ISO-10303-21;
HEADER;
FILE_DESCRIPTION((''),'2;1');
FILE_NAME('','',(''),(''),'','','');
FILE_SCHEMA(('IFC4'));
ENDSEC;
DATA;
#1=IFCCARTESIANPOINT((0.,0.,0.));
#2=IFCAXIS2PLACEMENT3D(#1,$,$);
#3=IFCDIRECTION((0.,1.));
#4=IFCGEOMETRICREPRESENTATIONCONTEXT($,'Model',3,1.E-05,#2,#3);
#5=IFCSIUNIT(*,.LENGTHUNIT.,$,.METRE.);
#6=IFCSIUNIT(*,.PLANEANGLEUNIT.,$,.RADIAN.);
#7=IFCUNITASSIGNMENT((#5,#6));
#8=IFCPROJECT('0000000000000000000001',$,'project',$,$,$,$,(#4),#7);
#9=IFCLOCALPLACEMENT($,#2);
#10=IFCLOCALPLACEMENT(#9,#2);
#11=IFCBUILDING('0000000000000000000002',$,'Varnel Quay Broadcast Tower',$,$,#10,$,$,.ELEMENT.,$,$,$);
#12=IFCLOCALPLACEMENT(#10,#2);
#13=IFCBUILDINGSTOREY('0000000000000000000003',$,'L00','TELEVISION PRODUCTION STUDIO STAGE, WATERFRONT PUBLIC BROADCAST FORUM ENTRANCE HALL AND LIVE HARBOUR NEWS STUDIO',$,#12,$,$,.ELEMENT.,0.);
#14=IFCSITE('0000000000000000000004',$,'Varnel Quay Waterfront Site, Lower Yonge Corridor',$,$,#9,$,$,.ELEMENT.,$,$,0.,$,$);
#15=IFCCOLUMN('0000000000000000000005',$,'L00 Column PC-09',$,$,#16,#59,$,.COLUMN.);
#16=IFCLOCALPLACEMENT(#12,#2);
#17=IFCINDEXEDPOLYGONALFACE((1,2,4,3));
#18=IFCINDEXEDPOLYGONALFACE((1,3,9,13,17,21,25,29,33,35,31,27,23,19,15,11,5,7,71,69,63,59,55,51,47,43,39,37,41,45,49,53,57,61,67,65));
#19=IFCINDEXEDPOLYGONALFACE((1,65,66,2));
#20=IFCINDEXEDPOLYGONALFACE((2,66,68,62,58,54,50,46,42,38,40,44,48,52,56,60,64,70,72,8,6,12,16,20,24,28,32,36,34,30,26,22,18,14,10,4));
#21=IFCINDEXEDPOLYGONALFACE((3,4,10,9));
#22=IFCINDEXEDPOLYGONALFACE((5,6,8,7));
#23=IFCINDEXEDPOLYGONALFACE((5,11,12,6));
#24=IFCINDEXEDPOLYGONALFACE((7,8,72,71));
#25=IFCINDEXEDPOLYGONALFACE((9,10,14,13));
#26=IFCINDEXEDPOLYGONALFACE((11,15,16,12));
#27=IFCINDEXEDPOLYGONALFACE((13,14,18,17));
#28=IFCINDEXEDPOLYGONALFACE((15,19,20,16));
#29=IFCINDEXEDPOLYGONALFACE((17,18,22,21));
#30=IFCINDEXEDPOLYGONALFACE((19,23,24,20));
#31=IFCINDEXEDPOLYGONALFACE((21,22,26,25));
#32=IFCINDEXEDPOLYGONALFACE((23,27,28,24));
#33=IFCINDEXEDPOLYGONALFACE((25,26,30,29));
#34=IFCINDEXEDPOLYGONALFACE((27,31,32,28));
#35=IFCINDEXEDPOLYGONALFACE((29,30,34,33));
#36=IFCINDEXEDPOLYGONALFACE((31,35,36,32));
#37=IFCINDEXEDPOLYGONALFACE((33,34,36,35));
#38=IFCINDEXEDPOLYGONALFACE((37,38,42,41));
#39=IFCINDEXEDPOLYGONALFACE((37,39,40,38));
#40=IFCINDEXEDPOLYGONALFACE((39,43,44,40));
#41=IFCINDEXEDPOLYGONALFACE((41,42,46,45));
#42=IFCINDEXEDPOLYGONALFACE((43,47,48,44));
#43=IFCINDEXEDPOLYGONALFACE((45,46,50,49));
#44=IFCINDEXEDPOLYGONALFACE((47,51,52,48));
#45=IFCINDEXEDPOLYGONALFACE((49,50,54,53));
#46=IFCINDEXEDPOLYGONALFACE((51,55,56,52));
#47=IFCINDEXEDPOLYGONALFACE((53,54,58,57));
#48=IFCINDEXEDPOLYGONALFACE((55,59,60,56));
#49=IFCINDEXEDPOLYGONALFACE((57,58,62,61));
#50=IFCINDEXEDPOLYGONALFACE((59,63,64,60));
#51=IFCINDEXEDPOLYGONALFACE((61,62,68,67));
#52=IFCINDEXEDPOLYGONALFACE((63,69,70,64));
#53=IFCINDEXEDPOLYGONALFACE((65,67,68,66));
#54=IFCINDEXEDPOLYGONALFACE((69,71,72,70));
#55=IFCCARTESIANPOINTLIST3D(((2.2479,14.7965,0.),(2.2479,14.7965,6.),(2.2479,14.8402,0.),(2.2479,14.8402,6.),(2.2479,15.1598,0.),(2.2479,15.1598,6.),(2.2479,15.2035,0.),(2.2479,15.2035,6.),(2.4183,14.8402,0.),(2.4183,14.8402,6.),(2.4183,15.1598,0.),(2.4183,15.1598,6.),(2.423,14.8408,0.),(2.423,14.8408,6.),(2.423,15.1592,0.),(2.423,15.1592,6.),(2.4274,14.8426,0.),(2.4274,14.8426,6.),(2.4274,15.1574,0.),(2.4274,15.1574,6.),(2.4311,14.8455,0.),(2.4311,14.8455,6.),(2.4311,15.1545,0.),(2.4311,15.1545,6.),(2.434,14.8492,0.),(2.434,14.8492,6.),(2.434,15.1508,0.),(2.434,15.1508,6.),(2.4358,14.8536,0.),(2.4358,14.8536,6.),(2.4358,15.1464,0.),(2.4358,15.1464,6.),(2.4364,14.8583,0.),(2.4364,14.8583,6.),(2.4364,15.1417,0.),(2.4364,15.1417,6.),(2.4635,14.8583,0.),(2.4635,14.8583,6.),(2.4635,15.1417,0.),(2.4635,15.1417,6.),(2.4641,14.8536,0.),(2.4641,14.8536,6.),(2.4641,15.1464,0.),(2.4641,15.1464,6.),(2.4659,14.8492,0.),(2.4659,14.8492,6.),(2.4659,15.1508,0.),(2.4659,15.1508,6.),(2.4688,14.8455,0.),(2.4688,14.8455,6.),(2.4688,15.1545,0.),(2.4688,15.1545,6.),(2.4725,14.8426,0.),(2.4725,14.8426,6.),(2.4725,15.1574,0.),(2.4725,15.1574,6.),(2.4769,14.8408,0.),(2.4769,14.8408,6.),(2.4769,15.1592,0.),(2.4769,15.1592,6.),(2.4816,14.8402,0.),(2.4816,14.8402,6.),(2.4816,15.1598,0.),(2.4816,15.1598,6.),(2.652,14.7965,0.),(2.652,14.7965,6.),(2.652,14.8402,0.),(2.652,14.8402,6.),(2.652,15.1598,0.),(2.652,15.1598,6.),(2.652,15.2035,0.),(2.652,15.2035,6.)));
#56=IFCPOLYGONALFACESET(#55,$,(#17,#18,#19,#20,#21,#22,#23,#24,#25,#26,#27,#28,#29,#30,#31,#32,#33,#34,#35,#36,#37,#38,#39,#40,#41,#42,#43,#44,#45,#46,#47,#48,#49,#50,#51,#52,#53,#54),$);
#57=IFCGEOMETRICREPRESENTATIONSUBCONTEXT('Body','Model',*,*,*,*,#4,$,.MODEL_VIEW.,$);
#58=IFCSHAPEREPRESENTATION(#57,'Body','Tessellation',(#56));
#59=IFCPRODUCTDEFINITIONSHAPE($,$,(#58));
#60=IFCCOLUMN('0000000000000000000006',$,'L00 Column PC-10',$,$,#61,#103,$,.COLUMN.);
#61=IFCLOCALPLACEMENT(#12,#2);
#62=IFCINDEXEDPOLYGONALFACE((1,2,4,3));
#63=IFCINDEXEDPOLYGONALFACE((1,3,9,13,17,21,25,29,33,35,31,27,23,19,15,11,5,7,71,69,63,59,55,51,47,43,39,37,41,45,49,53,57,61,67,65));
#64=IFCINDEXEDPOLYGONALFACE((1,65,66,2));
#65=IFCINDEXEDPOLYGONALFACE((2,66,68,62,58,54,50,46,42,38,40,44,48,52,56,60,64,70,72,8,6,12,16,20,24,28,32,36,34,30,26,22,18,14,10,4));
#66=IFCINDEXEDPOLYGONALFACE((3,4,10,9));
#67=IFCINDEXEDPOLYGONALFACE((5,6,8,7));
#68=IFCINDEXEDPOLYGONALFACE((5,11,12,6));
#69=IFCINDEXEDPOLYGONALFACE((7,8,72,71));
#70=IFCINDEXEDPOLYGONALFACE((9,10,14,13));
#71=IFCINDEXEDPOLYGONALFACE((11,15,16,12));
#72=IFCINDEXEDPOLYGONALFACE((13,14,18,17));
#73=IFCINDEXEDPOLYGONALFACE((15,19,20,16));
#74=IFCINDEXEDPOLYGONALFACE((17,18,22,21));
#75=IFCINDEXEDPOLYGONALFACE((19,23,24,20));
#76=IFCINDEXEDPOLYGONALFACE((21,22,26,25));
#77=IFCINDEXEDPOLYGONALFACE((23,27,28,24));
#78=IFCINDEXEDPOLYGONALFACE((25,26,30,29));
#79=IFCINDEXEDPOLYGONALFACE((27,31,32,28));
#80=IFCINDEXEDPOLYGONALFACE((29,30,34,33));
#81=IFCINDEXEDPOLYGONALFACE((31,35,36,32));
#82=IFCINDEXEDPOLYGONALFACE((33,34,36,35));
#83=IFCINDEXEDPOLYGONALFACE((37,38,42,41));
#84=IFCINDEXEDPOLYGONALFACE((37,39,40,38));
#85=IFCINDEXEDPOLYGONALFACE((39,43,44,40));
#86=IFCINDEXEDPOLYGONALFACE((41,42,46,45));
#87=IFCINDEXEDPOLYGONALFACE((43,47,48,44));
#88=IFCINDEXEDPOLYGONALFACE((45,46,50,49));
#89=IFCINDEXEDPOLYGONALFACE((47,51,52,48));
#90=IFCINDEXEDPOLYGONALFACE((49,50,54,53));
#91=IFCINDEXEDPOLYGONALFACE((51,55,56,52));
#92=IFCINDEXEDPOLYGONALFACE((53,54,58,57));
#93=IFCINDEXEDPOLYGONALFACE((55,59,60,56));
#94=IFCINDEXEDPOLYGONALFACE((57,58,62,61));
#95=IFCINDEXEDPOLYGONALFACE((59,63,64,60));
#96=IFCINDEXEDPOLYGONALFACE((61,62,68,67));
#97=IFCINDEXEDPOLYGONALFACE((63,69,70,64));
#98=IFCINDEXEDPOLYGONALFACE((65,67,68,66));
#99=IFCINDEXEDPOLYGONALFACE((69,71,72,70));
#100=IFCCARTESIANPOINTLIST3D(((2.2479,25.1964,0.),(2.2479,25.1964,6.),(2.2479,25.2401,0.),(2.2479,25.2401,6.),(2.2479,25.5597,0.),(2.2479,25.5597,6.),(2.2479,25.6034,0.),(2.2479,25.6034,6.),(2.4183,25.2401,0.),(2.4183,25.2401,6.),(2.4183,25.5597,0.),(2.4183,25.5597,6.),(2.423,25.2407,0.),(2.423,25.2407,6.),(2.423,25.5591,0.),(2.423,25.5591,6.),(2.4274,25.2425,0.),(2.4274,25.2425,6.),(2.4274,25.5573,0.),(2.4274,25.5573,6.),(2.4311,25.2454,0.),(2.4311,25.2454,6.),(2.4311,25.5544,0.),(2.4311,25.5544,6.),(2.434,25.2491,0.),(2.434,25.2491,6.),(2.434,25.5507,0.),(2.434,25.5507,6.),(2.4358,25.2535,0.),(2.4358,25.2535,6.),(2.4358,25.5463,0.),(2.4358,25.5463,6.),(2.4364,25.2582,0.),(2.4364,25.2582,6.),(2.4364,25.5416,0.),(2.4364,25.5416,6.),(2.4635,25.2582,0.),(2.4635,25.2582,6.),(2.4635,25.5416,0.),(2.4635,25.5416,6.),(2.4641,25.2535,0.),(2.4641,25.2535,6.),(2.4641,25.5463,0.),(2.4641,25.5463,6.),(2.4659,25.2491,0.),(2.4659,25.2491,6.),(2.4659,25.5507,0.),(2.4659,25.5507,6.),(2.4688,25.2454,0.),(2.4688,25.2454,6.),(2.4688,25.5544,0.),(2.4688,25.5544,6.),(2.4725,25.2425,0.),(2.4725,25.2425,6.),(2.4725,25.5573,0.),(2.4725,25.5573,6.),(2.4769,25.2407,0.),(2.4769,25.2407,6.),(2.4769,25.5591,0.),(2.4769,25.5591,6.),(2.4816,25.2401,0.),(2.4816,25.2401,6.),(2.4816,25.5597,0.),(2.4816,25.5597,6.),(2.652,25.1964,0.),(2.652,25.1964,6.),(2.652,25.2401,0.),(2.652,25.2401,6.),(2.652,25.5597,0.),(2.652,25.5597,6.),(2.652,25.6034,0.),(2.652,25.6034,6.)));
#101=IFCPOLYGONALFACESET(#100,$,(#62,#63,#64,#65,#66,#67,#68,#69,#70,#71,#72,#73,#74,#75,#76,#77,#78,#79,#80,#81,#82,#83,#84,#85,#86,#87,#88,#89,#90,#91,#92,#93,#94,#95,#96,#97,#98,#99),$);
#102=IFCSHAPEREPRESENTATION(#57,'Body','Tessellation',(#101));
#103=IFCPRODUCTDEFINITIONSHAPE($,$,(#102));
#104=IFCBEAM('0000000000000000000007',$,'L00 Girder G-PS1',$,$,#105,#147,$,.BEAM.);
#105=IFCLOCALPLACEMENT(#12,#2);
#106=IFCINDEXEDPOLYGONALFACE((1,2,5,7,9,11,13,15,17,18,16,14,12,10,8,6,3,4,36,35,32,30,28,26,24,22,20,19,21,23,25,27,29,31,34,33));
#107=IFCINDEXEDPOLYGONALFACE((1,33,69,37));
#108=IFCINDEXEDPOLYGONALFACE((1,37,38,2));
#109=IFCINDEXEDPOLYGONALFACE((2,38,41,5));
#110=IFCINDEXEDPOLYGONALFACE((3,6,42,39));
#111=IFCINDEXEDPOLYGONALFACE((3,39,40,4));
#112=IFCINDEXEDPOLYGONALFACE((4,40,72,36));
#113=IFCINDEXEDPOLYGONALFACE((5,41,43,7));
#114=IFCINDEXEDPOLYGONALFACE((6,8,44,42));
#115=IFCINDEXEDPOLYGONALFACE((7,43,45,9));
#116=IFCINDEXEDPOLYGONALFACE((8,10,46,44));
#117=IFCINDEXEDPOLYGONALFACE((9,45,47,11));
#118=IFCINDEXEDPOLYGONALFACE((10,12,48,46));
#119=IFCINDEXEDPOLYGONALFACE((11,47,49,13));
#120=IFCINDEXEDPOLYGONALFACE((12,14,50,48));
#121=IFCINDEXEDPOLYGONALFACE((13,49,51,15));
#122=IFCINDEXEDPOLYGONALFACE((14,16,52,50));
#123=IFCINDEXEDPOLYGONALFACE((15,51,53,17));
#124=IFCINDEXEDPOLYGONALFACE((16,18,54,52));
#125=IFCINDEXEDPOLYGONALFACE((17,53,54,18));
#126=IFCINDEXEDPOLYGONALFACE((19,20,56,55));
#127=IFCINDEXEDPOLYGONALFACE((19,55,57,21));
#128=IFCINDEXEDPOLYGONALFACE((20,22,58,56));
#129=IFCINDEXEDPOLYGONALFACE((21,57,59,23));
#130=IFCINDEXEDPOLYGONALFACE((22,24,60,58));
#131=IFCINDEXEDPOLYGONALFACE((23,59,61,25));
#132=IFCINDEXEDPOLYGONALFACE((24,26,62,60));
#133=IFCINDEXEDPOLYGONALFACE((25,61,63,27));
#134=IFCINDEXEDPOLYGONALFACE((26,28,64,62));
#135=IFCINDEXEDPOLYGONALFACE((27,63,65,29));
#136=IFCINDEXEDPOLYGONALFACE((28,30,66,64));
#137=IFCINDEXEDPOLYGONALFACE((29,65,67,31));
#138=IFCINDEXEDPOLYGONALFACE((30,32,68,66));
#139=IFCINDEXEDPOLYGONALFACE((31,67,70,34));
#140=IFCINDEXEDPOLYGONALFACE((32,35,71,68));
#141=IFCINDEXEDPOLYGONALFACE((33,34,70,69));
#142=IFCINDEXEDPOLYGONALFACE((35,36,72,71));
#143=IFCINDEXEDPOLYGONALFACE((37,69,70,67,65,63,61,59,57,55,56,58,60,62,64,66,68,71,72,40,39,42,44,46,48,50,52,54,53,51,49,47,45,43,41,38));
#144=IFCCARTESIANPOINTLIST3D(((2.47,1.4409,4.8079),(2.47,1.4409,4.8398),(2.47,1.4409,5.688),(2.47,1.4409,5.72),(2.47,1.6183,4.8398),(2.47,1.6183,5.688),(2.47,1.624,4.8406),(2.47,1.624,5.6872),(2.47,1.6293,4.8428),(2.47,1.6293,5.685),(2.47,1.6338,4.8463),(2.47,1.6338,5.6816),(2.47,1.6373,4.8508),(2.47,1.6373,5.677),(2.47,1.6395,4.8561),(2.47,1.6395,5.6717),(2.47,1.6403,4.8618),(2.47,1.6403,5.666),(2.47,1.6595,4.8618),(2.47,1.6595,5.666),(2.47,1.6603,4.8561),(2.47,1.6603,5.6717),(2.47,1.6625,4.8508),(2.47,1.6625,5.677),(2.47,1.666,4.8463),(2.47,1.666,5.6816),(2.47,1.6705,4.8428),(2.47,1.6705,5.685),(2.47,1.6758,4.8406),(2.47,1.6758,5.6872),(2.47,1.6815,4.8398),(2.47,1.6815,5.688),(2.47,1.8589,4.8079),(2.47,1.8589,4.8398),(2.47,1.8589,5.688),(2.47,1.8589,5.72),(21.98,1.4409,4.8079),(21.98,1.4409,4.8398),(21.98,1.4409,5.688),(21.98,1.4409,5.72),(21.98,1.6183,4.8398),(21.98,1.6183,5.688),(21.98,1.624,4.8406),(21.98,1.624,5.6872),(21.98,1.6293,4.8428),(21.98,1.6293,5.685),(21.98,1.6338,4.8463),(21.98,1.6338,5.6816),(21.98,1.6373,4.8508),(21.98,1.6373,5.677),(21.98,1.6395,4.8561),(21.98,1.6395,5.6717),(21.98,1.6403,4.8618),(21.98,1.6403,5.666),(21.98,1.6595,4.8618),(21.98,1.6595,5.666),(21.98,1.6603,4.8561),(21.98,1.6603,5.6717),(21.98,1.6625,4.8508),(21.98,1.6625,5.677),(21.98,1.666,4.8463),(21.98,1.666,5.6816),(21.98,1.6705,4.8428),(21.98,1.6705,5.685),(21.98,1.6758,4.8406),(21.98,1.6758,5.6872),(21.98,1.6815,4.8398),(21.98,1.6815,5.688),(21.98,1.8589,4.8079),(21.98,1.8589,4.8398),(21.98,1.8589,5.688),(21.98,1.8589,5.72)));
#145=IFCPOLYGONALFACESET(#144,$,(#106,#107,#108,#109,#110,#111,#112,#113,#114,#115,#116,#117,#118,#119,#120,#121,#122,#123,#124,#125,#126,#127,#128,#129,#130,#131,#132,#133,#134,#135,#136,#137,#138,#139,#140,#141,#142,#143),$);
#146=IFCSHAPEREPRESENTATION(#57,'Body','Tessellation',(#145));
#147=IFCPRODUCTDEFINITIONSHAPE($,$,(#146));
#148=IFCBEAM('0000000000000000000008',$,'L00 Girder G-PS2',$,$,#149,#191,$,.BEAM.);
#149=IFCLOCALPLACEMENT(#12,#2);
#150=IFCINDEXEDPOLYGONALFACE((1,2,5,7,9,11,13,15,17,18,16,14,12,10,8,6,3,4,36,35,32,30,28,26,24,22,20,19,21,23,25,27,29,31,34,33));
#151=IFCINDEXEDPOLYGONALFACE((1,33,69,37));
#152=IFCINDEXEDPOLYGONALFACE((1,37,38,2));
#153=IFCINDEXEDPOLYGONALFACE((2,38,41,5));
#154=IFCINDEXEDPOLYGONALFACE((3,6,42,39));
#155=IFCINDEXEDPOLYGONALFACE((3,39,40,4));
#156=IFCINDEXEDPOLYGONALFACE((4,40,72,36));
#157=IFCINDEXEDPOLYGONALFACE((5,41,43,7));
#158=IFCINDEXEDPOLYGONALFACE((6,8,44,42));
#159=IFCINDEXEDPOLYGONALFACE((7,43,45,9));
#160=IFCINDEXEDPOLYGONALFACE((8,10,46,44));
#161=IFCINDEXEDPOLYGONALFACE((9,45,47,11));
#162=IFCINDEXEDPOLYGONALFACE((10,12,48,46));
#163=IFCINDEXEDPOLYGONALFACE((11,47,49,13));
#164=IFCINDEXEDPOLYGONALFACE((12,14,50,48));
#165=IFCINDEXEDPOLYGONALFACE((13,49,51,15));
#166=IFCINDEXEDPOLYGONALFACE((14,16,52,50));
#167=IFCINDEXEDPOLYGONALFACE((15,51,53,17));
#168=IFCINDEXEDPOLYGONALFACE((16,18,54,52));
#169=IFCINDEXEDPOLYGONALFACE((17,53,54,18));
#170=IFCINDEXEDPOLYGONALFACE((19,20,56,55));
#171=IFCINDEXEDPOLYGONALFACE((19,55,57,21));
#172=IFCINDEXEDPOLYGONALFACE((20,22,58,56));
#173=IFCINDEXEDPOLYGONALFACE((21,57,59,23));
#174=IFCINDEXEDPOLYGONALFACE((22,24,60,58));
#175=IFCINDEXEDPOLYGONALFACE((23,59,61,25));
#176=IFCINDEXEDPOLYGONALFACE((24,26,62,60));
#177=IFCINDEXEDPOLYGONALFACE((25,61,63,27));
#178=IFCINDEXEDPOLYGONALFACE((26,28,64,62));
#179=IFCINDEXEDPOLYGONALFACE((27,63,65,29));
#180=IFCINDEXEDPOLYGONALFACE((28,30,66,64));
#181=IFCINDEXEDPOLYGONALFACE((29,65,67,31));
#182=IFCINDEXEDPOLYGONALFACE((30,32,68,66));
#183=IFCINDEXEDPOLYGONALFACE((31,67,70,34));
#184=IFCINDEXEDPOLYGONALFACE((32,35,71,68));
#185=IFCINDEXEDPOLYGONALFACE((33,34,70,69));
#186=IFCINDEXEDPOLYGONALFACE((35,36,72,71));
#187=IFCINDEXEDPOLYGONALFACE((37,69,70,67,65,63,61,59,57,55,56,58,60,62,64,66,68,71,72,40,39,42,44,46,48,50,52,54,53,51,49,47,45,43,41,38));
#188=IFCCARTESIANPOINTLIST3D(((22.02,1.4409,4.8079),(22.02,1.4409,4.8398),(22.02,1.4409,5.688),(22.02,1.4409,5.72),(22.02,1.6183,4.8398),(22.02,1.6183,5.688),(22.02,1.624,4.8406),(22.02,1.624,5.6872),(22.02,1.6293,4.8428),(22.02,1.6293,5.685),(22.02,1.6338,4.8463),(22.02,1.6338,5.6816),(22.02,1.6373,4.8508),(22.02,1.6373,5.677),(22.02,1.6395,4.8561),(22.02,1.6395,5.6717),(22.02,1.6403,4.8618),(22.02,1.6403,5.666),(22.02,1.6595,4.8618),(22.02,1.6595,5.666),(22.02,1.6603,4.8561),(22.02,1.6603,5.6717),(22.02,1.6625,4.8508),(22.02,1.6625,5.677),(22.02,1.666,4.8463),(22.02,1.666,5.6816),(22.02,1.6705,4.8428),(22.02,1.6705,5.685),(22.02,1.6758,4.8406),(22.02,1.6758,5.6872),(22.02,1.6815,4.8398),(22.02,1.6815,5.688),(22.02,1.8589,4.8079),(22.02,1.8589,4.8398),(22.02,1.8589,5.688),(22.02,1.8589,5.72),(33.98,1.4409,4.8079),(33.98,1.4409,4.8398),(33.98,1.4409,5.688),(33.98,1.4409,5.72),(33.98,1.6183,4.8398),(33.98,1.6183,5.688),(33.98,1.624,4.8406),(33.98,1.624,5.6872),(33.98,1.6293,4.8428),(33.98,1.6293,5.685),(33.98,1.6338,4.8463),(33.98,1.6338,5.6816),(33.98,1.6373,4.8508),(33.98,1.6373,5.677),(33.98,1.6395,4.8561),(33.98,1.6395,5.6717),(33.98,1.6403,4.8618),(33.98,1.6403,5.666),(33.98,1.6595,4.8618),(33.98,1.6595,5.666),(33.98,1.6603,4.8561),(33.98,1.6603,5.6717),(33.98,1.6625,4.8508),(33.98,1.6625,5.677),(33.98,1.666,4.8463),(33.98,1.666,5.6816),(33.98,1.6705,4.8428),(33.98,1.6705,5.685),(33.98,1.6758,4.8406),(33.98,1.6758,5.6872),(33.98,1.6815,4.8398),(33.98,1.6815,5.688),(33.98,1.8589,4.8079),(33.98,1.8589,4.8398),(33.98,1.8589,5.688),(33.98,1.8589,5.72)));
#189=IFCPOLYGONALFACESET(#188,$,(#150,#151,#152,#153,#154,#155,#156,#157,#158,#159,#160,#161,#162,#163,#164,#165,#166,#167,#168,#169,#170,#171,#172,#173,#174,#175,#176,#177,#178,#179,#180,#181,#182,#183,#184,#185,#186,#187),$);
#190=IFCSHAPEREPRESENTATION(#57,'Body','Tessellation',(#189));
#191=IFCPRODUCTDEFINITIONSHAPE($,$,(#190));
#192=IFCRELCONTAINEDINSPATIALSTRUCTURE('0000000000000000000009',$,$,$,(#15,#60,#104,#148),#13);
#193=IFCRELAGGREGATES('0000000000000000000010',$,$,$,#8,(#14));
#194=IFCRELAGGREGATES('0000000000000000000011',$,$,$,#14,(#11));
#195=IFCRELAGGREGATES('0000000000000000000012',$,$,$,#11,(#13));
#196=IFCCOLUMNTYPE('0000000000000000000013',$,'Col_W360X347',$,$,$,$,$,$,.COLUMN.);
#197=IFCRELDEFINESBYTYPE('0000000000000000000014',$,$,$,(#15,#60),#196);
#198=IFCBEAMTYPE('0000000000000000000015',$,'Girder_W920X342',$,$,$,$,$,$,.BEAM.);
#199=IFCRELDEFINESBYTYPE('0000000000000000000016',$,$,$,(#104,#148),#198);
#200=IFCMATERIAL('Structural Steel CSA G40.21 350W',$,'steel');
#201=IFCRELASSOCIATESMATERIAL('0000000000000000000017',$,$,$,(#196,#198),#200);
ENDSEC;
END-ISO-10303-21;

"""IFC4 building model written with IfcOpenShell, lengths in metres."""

from ifc_helpers import new_model, si_unit, direction, frame, origin, origin_2d, place, context, subcontext, project, spatial, i_section, extrude, source, transform, mapped, material, material_profile, profile_set, type_object, type_shapes, element, save


model = new_model("IFC4")

# Units and contexts
model_context = context("Model", 3, precision=1e-05, world=origin(), true_north=direction((0.0, 1.0)))
body_context = subcontext(model_context, "Body", "Model", "MODEL_VIEW")
ifc_project = project(units=[si_unit("LENGTHUNIT", "METRE"), si_unit("PLANEANGLEUNIT", "RADIAN")], contexts=[model_context])

# Site, building, storey
site_placement = place(None, origin())
site = spatial("IfcSite", under=ifc_project, at=site_placement, Name="Varnel Quay Waterfront Site, Lower Yonge Corridor", CompositionType="ELEMENT", RefElevation=0.0)
building_placement = place(site_placement, origin())
building = spatial("IfcBuilding", under=site, at=building_placement, Name="Varnel Quay Broadcast Tower", CompositionType="ELEMENT")
storey_placement = place(building_placement, origin())
storey = spatial("IfcBuildingStorey", under=building, at=storey_placement, Name="L00", Description="TELEVISION PRODUCTION STUDIO STAGE, WATERFRONT PUBLIC BROADCAST FORUM ENTRANCE HALL AND LIVE HARBOUR NEWS STUDIO", CompositionType="ELEMENT", Elevation=0.0)

# Columns
ifc_material_1 = material(Name="Structural Steel CSA G40.21 350W", Category="steel")
ifc_material_profile_1 = material_profile(ifc_material_1, i_section(OverallWidth=0.4041, OverallDepth=0.407, WebThickness=0.0271, FlangeThickness=0.0437, FilletRadius=0.0181, at=origin_2d()), Name="W360X347")
ifc_profile_set_1 = profile_set([ifc_material_profile_1], Name="Structural Steel CSA G40.21 350W")
column_type_1 = type_object("IfcColumnType", Name="Col_W360X347", PredefinedType="COLUMN", material=ifc_profile_set_1)
shared_shape_1 = source(origin(), body_context, "Body", "SweptSolid", [
    extrude(i_section(OverallWidth=0.4041, OverallDepth=0.407, WebThickness=0.0271, FlangeThickness=0.0437, FilletRadius=0.0181, at=origin_2d()), origin(), (0.0, 0.0, 1.0), 6.0),
])
type_shapes(column_type_1, [shared_shape_1])
for number, where, z_axis, x_axis, name in (
    (1, (2.45, 15.0, 0.0), (0.0, 0.0, 1.0), (1.0, 0.0, 0.0), "L00 Column PC-09"),
    (2, (2.45, 25.3999, 0.0), (0.0, 0.0, 1.0), (1.0, 0.0, 0.0), "L00 Column PC-10"),
):
    element("IfcColumn", number, at=place(storey_placement, frame(where, z_axis=z_axis, x_axis=x_axis)), inside=storey, type_object=column_type_1, Name=name, PredefinedType="COLUMN", context=body_context, shape_type="MappedRepresentation", body=[
        mapped(shared_shape_1, transform((0.0, 0.0, 0.0), x_axis=(1.0, 0.0, 0.0), y_axis=(0.0, 1.0, 0.0), z_axis=(0.0, 0.0, 1.0), scale=1.0)),
    ])

# Beams
ifc_material_profile_2 = material_profile(ifc_material_1, i_section(OverallWidth=0.418, OverallDepth=0.9121, WebThickness=0.0193, FlangeThickness=0.032, FilletRadius=0.022, at=origin_2d()), Name="W920X342")
ifc_profile_set_2 = profile_set([ifc_material_profile_2], Name="Structural Steel CSA G40.21 350W")
beam_type = type_object("IfcBeamType", Name="Girder_W920X342", PredefinedType="BEAM", material=ifc_profile_set_2)
shared_shape_2 = source(origin(), body_context, "Body", "SweptSolid", [
    extrude(i_section(OverallWidth=0.418, OverallDepth=0.9121, WebThickness=0.0193, FlangeThickness=0.032, FilletRadius=0.022, at=origin_2d()), origin(), (0.0, 0.0, 1.0), 19.51),
])
beam_1_placement = place(storey_placement, frame((2.47, 1.6499, 5.2639), z_axis=(1.0, 0.0, 0.0), x_axis=(0.0, 1.0, 0.0)))
element("IfcBeam", 3, at=beam_1_placement, inside=storey, type_object=beam_type, Name="L00 Girder G-PS1", PredefinedType="BEAM", context=body_context, shape_type="MappedRepresentation", body=[
    mapped(shared_shape_2, transform((0.0, 0.0, 0.0), x_axis=(1.0, 0.0, 0.0), y_axis=(0.0, 1.0, 0.0), z_axis=(0.0, 0.0, 1.0), scale=1.0)),
])
shared_shape_3 = source(origin(), body_context, "Body", "SweptSolid", [
    extrude(i_section(OverallWidth=0.418, OverallDepth=0.9121, WebThickness=0.0193, FlangeThickness=0.032, FilletRadius=0.022, at=origin_2d()), origin(), (0.0, 0.0, 1.0), 11.96),
])
for number, where, z_axis, x_axis, name in (
    (4, (22.02, 1.6499, 5.2639), (1.0, 0.0, 0.0), (0.0, 1.0, 0.0), "L00 Girder G-PS2"),
):
    element("IfcBeam", number, at=place(storey_placement, frame(where, z_axis=z_axis, x_axis=x_axis)), inside=storey, type_object=beam_type, Name=name, PredefinedType="BEAM", context=body_context, shape_type="MappedRepresentation", body=[
        mapped(shared_shape_3, transform((0.0, 0.0, 0.0), x_axis=(1.0, 0.0, 0.0), y_axis=(0.0, 1.0, 0.0), z_axis=(0.0, 0.0, 1.0), scale=1.0)),
    ])

save(model, "model.ifc")
